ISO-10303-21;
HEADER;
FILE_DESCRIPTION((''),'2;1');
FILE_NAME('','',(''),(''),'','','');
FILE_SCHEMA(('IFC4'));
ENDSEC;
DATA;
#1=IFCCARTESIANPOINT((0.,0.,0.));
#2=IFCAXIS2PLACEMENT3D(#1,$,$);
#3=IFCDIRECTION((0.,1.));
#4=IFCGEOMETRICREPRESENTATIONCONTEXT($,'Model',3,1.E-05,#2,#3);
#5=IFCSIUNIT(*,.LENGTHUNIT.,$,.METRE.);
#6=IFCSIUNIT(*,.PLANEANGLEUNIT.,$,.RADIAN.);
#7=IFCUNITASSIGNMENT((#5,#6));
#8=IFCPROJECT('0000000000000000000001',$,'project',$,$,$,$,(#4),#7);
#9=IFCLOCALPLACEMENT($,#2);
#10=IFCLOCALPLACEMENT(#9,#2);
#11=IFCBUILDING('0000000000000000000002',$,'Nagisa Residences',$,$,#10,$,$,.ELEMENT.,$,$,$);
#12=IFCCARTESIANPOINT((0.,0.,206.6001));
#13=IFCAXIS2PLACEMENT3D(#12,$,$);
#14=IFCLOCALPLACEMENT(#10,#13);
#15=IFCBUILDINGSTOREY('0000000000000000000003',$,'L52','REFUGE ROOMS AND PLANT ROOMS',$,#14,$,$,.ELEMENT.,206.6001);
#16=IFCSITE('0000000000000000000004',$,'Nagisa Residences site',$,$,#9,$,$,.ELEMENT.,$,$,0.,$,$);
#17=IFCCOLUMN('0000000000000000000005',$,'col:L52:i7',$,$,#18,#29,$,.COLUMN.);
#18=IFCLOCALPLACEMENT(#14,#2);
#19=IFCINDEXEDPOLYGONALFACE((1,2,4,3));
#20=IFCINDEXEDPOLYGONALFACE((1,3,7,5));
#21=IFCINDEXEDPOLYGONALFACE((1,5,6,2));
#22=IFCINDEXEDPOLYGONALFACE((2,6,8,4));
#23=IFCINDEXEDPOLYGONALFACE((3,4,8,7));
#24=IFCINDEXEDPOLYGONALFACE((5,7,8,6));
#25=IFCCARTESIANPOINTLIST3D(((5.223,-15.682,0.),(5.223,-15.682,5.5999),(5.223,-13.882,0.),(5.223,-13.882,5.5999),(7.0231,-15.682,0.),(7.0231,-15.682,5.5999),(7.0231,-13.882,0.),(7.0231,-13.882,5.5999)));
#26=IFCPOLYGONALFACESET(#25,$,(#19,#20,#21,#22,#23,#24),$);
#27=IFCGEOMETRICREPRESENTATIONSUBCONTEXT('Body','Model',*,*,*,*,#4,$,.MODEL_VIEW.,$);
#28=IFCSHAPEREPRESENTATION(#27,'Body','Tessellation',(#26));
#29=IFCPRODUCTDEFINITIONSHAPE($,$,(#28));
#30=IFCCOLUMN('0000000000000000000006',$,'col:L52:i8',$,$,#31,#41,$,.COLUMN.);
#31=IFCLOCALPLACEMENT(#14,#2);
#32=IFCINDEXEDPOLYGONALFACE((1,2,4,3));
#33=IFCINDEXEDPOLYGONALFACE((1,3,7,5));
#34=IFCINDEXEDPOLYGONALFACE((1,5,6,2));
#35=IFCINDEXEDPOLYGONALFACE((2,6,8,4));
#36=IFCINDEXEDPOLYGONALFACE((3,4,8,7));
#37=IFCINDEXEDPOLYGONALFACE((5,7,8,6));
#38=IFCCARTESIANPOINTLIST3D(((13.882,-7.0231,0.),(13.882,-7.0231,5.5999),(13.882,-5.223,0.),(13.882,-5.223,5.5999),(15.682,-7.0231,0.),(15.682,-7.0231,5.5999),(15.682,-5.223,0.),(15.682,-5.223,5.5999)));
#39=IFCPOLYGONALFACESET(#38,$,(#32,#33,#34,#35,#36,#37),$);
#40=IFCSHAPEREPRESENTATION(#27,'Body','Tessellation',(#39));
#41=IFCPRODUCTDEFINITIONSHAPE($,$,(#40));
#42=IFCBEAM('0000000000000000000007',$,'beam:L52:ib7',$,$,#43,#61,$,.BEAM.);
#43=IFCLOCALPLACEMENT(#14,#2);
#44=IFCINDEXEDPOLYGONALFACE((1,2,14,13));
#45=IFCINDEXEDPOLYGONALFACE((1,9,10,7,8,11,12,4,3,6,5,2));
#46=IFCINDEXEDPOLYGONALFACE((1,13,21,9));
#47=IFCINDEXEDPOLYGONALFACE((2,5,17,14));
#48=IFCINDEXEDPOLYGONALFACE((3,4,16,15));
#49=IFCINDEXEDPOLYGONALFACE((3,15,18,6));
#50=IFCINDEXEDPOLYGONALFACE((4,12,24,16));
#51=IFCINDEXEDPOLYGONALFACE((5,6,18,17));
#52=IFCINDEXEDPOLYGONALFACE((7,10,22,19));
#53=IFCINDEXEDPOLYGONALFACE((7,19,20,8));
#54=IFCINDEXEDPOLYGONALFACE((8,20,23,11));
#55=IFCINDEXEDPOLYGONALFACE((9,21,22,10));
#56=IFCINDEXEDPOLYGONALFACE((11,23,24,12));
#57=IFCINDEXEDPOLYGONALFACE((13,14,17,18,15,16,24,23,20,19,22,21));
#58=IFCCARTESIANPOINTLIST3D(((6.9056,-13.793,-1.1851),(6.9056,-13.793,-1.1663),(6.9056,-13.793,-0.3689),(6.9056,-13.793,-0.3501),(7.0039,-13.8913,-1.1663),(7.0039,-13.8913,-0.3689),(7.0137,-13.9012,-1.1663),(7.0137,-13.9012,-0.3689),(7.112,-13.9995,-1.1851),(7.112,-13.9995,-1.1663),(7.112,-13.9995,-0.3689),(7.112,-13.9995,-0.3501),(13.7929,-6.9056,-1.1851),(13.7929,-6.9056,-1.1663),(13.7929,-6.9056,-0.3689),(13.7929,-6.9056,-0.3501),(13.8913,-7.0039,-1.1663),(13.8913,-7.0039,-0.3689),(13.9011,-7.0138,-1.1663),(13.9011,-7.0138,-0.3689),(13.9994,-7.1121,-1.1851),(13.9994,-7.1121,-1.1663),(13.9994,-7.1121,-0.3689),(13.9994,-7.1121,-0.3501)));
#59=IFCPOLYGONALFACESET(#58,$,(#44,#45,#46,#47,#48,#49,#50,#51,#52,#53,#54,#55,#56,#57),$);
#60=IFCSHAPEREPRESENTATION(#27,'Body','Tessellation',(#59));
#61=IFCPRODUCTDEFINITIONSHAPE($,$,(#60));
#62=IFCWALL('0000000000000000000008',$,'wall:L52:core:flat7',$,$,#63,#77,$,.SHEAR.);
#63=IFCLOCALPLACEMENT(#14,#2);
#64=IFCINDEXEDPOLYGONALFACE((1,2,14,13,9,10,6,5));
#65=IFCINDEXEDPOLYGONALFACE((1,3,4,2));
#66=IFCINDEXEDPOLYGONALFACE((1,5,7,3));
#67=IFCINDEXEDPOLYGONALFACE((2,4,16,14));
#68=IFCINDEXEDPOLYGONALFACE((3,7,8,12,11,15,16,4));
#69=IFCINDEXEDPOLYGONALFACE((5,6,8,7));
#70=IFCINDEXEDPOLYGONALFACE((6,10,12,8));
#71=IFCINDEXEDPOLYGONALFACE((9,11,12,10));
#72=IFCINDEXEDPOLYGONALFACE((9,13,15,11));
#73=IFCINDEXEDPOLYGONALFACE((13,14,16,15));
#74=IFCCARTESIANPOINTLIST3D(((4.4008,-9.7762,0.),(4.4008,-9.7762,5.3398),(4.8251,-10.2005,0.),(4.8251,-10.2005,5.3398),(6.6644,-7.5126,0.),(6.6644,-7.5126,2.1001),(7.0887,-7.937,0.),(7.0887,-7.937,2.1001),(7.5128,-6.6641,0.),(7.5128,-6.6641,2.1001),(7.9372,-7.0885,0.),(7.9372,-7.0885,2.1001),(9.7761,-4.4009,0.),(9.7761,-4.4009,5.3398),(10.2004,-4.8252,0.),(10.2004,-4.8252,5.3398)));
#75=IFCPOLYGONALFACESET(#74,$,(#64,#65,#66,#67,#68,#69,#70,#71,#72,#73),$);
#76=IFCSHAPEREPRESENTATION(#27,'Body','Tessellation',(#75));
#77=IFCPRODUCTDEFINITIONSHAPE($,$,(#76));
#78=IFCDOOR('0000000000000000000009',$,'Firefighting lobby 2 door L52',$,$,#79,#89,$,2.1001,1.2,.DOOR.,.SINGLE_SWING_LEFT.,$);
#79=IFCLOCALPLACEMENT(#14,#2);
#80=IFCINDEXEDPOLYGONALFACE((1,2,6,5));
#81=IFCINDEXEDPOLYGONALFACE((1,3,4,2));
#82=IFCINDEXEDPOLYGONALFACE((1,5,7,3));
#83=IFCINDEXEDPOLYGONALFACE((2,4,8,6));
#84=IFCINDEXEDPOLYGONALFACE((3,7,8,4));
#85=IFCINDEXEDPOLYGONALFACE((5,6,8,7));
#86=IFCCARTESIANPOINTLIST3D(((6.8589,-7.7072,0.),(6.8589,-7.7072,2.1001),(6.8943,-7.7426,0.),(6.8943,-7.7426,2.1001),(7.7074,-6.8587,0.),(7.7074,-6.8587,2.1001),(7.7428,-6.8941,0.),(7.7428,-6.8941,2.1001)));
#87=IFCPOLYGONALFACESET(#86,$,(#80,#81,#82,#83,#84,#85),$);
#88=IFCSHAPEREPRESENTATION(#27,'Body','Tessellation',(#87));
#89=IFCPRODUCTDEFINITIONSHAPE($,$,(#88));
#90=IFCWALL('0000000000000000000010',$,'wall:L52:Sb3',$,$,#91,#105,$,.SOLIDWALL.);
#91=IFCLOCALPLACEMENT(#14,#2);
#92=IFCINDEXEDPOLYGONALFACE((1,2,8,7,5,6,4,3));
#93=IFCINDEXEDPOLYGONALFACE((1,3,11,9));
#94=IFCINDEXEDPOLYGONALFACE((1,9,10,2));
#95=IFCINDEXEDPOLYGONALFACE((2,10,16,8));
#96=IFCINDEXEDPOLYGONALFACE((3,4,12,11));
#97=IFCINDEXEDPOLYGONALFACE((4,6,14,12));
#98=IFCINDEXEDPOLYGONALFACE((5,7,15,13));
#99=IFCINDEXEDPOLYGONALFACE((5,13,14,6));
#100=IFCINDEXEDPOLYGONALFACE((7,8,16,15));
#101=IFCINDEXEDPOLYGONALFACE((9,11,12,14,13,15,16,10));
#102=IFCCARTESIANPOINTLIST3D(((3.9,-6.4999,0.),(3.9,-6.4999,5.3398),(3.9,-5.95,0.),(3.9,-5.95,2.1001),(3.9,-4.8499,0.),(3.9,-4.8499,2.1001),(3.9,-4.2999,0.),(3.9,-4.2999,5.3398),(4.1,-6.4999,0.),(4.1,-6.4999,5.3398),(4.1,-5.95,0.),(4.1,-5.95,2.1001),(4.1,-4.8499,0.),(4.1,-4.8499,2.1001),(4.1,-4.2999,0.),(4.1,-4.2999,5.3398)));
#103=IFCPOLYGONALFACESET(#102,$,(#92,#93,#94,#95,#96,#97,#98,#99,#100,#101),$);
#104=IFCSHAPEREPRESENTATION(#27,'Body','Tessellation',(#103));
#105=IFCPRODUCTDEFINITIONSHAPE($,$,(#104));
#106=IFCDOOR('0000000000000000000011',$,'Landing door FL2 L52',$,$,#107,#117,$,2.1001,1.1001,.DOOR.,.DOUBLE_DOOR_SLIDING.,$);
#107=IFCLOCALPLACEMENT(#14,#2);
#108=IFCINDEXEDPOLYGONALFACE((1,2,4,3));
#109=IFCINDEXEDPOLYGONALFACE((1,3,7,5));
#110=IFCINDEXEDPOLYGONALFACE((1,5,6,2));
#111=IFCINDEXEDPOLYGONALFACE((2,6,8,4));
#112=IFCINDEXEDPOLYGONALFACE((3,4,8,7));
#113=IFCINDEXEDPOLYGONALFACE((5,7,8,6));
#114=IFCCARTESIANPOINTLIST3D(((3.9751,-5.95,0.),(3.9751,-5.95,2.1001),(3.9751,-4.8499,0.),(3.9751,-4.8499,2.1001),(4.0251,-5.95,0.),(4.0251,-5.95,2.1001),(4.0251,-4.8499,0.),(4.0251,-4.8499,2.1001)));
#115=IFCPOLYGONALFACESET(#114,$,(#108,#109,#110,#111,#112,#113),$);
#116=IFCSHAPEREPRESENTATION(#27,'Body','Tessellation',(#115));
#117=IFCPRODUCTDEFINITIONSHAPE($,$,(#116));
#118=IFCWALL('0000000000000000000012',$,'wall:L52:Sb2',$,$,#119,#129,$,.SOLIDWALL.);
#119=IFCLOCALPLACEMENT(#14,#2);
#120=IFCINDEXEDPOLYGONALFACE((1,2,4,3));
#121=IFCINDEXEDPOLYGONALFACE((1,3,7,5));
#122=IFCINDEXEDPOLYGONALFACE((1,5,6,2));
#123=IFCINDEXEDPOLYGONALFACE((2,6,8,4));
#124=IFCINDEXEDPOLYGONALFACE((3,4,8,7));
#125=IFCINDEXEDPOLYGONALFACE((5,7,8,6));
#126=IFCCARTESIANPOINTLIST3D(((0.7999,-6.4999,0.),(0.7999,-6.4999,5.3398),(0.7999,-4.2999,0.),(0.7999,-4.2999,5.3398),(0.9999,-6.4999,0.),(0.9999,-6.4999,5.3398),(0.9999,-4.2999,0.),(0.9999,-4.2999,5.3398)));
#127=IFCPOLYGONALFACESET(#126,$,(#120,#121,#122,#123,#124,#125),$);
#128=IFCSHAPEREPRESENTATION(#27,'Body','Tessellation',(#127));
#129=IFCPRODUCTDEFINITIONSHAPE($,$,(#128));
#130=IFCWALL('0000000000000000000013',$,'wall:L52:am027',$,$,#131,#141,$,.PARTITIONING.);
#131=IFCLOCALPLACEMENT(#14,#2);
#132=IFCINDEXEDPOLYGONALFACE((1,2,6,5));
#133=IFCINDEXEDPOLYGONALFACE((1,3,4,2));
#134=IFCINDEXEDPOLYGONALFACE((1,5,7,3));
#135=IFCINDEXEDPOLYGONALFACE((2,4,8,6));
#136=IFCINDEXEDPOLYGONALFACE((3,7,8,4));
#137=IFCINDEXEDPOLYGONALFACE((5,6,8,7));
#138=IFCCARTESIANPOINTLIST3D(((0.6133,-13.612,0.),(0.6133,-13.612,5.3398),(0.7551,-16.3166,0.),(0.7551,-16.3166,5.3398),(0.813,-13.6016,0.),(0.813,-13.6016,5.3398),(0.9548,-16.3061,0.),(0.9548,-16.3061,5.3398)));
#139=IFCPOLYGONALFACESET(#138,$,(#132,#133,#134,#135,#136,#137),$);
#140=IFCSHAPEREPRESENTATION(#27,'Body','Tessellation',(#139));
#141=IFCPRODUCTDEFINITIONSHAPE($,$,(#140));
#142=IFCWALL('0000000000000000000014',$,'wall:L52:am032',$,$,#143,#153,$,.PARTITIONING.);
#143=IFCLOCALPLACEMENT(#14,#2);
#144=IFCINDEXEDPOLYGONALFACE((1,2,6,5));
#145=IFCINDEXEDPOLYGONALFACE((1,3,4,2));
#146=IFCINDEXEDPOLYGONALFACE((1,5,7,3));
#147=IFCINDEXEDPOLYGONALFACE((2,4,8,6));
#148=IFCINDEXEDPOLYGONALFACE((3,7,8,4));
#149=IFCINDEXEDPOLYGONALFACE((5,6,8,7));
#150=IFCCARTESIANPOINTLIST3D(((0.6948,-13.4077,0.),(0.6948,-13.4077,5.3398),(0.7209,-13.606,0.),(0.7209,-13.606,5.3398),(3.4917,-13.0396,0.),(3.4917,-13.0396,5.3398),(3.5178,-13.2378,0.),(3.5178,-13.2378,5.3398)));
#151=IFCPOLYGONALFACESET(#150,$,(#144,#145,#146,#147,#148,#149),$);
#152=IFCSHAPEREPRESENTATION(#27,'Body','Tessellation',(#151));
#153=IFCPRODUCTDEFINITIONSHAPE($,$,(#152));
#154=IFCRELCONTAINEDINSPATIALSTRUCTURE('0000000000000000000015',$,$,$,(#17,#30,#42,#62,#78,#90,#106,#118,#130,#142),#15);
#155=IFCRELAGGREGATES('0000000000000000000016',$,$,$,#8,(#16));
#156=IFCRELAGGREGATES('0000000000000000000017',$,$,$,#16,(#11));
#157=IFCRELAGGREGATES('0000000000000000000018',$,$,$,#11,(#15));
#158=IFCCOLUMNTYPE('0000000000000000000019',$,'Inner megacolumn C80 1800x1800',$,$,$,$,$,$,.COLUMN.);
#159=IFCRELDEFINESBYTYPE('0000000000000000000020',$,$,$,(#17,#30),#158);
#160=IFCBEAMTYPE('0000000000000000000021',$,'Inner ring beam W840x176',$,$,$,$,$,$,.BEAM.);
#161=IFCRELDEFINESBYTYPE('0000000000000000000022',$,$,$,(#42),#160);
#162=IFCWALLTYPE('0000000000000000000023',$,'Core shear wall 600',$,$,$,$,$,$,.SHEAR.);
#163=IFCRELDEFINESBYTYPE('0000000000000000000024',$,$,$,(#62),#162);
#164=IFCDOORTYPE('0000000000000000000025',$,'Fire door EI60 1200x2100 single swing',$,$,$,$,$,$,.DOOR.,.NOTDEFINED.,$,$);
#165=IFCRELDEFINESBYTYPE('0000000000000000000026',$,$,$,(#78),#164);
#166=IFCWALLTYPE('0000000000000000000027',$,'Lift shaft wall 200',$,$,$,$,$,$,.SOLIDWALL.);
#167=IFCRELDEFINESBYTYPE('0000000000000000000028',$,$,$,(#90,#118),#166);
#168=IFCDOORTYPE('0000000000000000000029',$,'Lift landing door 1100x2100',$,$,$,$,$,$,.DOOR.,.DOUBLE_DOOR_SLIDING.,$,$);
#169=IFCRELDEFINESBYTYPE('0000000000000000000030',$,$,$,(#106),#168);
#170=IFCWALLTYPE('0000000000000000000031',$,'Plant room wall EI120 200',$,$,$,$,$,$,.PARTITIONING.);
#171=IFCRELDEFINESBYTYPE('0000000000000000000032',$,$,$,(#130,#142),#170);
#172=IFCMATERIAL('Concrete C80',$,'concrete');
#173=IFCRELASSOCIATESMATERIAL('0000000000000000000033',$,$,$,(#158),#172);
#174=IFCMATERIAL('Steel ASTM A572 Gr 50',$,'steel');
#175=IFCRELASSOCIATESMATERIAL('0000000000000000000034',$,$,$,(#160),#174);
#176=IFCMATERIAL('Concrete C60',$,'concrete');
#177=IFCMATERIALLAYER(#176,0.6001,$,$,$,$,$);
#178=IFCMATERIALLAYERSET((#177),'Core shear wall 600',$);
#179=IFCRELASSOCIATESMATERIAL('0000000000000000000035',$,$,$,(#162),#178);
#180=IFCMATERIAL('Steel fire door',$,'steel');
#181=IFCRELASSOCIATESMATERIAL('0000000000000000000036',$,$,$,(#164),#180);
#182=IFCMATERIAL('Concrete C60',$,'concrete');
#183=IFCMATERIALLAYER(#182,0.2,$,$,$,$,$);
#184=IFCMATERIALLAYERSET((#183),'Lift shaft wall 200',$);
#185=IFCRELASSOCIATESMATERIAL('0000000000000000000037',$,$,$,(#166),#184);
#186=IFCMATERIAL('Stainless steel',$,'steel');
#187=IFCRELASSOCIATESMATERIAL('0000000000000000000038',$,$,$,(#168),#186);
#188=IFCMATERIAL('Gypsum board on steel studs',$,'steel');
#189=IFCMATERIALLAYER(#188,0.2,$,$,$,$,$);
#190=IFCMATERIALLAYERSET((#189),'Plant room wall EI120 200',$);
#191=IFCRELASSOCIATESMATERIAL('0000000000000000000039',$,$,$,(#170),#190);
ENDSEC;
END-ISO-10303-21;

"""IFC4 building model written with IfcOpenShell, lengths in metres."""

from ifc_helpers import new_model, si_unit, direction, frame, frame_2d, origin, origin_2d, place, context, subcontext, project, spatial, rectangle, i_section, extrude, material, layer, layer_set, material_profile, profile_set, type_object, element, fill, save


model = new_model("IFC4")

# Units and contexts
model_context = context("Model", 3, precision=1e-05, world=origin(), true_north=direction((0.0, 1.0)))
body_context = subcontext(model_context, "Body", "Model", "MODEL_VIEW")
ifc_project = project(units=[si_unit("LENGTHUNIT", "METRE"), si_unit("PLANEANGLEUNIT", "RADIAN")], contexts=[model_context])

# Site, building, storey
site_placement = place(None, origin())
site = spatial("IfcSite", under=ifc_project, at=site_placement, Name="Nagisa Residences site", CompositionType="ELEMENT", RefElevation=0.0)
building_placement = place(site_placement, origin())
building = spatial("IfcBuilding", under=site, at=building_placement, Name="Nagisa Residences", CompositionType="ELEMENT")
storey_placement = place(building_placement, frame((0.0, 0.0, 206.6001)))
storey = spatial("IfcBuildingStorey", under=building, at=storey_placement, Name="L52", Description="REFUGE ROOMS AND PLANT ROOMS", CompositionType="ELEMENT", Elevation=206.6001)

# Columns
ifc_material_1 = material(Name="Concrete C80", Category="concrete")
ifc_material_profile_1 = material_profile(ifc_material_1, rectangle(XDim=1.8, YDim=1.8, at=origin_2d()), Name="C80 1800x1800")
ifc_profile_set_1 = profile_set([ifc_material_profile_1], Name="Concrete C80")
column_type = type_object("IfcColumnType", Name="Inner megacolumn C80 1800x1800", PredefinedType="COLUMN", material=ifc_profile_set_1)
for number, where, z_axis, x_axis, name in (
    (1, (6.123, -14.782, 0.0), (0.0, 0.0, 1.0), (1.0, 0.0, 0.0), "col:L52:i7"),
    (2, (14.782, -6.123, 0.0), (0.0, 0.0, 1.0), (1.0, 0.0, 0.0), "col:L52:i8"),
):
    element("IfcColumn", number, at=place(storey_placement, frame(where, z_axis=z_axis, x_axis=x_axis)), inside=storey, type_object=column_type, Name=name, PredefinedType="COLUMN", context=body_context, shape_type="SweptSolid", body=[
        extrude(rectangle(XDim=1.8, YDim=1.8, at=origin_2d()), origin(), (0.0, 0.0, 1.0), 5.5999),
    ])

# Beam
ifc_material_2 = material(Name="Steel ASTM A572 Gr 50", Category="steel")
ifc_material_profile_2 = material_profile(ifc_material_2, i_section(OverallWidth=0.292, OverallDepth=0.835, WebThickness=0.0139, FlangeThickness=0.0188, at=origin_2d()), Name="W840x176")
ifc_profile_set_2 = profile_set([ifc_material_profile_2], Name="Steel ASTM A572 Gr 50")
beam_type = type_object("IfcBeamType", Name="Inner ring beam W840x176", PredefinedType="BEAM", material=ifc_profile_set_2)
beam_placement = place(storey_placement, frame((7.0088, -13.8962, -0.7676), z_axis=(0.707107, 0.707107, 0.0), x_axis=(-0.707107, 0.707107, 0.0)))
element("IfcBeam", 3, at=beam_placement, inside=storey, type_object=beam_type, Name="beam:L52:ib7", PredefinedType="BEAM", context=body_context, shape_type="SweptSolid", body=[
    extrude(i_section(OverallWidth=0.292, OverallDepth=0.835, WebThickness=0.0139, FlangeThickness=0.0188, at=origin_2d()), origin(), (0.0, 0.0, 1.0), 9.7402),
])

# Walls, openings, doors
ifc_material_3 = material(Name="Concrete C60", Category="concrete")
ifc_layer_1 = layer(ifc_material_3, 0.6001)
ifc_layer_set_1 = layer_set([ifc_layer_1], Name="Core shear wall 600")
wall_type_1 = type_object("IfcWallType", Name="Core shear wall 600", PredefinedType="SHEAR", material=ifc_layer_set_1)
wall_1_placement = place(storey_placement, frame((4.613, -9.9883, 0.0), z_axis=(0.0, 0.0, 1.0), x_axis=(0.707107, 0.707107, 0.0)))
wall_1 = element("IfcWall", 4, at=wall_1_placement, inside=storey, type_object=wall_type_1, Name="wall:L52:core:flat7", PredefinedType="SHEAR", context=body_context, shape_type="SweptSolid", body=[
    extrude(rectangle(XDim=7.6018, YDim=0.6001, at=frame_2d((3.8008, 0.0))), origin(), (0.0, 0.0, 1.0), 5.3398),
])
opening_1_placement = place(wall_1_placement, frame((3.2009, 0.0, 0.0)))
opening_1 = element("IfcOpeningElement", 5, at=opening_1_placement, cuts=wall_1, PredefinedType="OPENING", context=body_context, shape_type="SweptSolid", body=[
    extrude(rectangle(XDim=1.2, YDim=2.1001, at=frame_2d((0.6001, 1.05))), frame((0.0, 0.3101, 0.0), z_axis=(0.0, -1.0, 0.0), x_axis=(1.0, 0.0, 0.0)), (0.0, 0.0, 1.0), 0.6201),
])
ifc_material_4 = material(Name="Steel fire door", Category="steel")
door_type_1 = type_object("IfcDoorType", Name="Fire door EI60 1200x2100 single swing", OperationType="NOTDEFINED", PredefinedType="DOOR", material=ifc_material_4)
door_1_placement = place(opening_1_placement, origin())
door_1 = element("IfcDoor", 6, at=door_1_placement, inside=storey, type_object=door_type_1, Name="Firefighting lobby 2 door L52", OperationType="SINGLE_SWING_LEFT", OverallHeight=2.1001, OverallWidth=1.2, PredefinedType="DOOR", context=body_context, shape_type="SweptSolid", body=[
    extrude(rectangle(XDim=1.2, YDim=2.1001, at=frame_2d((0.6001, 1.05))), frame((0.0, 0.0249, 0.0), z_axis=(0.0, -1.0, 0.0), x_axis=(1.0, 0.0, 0.0)), (0.0, 0.0, 1.0), 0.05),
])
fill(opening_1, door_1)
ifc_material_5 = material(Name="Concrete C60", Category="concrete")
ifc_layer_2 = layer(ifc_material_5, 0.2)
ifc_layer_set_2 = layer_set([ifc_layer_2], Name="Lift shaft wall 200")
wall_type_2 = type_object("IfcWallType", Name="Lift shaft wall 200", PredefinedType="SOLIDWALL", material=ifc_layer_set_2)
wall_2_placement = place(storey_placement, frame((4.0, -6.5, 0.0), z_axis=(0.0, 0.0, 1.0), x_axis=(0.0, 1.0, 0.0)))
wall_2 = element("IfcWall", 7, at=wall_2_placement, inside=storey, type_object=wall_type_2, Name="wall:L52:Sb3", PredefinedType="SOLIDWALL", context=body_context, shape_type="SweptSolid", body=[
    extrude(rectangle(XDim=2.2, YDim=0.2, at=frame_2d((1.1001, 0.0))), origin(), (0.0, 0.0, 1.0), 5.3398),
])
opening_2_placement = place(wall_2_placement, frame((0.55, 0.0, 0.0)))
opening_2 = element("IfcOpeningElement", 8, at=opening_2_placement, cuts=wall_2, PredefinedType="OPENING", context=body_context, shape_type="SweptSolid", body=[
    extrude(rectangle(XDim=1.1001, YDim=2.1001, at=frame_2d((0.55, 1.05))), frame((0.0, 0.1099, 0.0), z_axis=(0.0, -1.0, 0.0), x_axis=(1.0, 0.0, 0.0)), (0.0, 0.0, 1.0), 0.22),
])
ifc_material_6 = material(Name="Stainless steel", Category="steel")
door_type_2 = type_object("IfcDoorType", Name="Lift landing door 1100x2100", OperationType="DOUBLE_DOOR_SLIDING", PredefinedType="DOOR", material=ifc_material_6)
door_2_placement = place(opening_2_placement, origin())
door_2 = element("IfcDoor", 9, at=door_2_placement, inside=storey, type_object=door_type_2, Name="Landing door FL2 L52", OperationType="DOUBLE_DOOR_SLIDING", OverallHeight=2.1001, OverallWidth=1.1001, PredefinedType="DOOR", context=body_context, shape_type="SweptSolid", body=[
    extrude(rectangle(XDim=1.1001, YDim=2.1001, at=frame_2d((0.55, 1.05))), frame((0.0, 0.0249, 0.0), z_axis=(0.0, -1.0, 0.0), x_axis=(1.0, 0.0, 0.0)), (0.0, 0.0, 1.0), 0.05),
])
fill(opening_2, door_2)

# Walls
wall_3_placement = place(storey_placement, frame((0.8999, -6.5, 0.0), z_axis=(0.0, 0.0, 1.0), x_axis=(0.0, 1.0, 0.0)))
element("IfcWall", 10, at=wall_3_placement, inside=storey, type_object=wall_type_2, Name="wall:L52:Sb2", PredefinedType="SOLIDWALL", context=body_context, shape_type="SweptSolid", body=[
    extrude(rectangle(XDim=2.2, YDim=0.2, at=frame_2d((1.1001, 0.0))), origin(), (0.0, 0.0, 1.0), 5.3398),
])
ifc_material_7 = material(Name="Gypsum board on steel studs", Category="steel")
ifc_layer_3 = layer(ifc_material_7, 0.2)
ifc_layer_set_3 = layer_set([ifc_layer_3], Name="Plant room wall EI120 200")
wall_type_3 = type_object("IfcWallType", Name="Plant room wall EI120 200", PredefinedType="PARTITIONING", material=ifc_layer_set_3)
wall_4_placement = place(storey_placement, frame((0.7131, -13.6069, 0.0), z_axis=(0.0, 0.0, 1.0), x_axis=(0.052374, -0.998628, 0.0)))
element("IfcWall", 11, at=wall_4_placement, inside=storey, type_object=wall_type_3, Name="wall:L52:am027", PredefinedType="PARTITIONING", context=body_context, shape_type="SweptSolid", body=[
    extrude(rectangle(XDim=2.7083, YDim=0.2, at=frame_2d((1.354, 0.0))), origin(), (0.0, 0.0, 1.0), 5.3398),
])
wall_5_placement = place(storey_placement, frame((3.5049, -13.1387, 0.0), z_axis=(0.0, 0.0, 1.0), x_axis=(-0.991447, -0.130508, 0.0)))
element("IfcWall", 12, at=wall_5_placement, inside=storey, type_object=wall_type_3, Name="wall:L52:am032", PredefinedType="PARTITIONING", context=body_context, shape_type="SweptSolid", body=[
    extrude(rectangle(XDim=2.821, YDim=0.2, at=frame_2d((1.4106, 0.0))), origin(), (0.0, 0.0, 1.0), 5.3398),
])

save(model, "model.ifc")
